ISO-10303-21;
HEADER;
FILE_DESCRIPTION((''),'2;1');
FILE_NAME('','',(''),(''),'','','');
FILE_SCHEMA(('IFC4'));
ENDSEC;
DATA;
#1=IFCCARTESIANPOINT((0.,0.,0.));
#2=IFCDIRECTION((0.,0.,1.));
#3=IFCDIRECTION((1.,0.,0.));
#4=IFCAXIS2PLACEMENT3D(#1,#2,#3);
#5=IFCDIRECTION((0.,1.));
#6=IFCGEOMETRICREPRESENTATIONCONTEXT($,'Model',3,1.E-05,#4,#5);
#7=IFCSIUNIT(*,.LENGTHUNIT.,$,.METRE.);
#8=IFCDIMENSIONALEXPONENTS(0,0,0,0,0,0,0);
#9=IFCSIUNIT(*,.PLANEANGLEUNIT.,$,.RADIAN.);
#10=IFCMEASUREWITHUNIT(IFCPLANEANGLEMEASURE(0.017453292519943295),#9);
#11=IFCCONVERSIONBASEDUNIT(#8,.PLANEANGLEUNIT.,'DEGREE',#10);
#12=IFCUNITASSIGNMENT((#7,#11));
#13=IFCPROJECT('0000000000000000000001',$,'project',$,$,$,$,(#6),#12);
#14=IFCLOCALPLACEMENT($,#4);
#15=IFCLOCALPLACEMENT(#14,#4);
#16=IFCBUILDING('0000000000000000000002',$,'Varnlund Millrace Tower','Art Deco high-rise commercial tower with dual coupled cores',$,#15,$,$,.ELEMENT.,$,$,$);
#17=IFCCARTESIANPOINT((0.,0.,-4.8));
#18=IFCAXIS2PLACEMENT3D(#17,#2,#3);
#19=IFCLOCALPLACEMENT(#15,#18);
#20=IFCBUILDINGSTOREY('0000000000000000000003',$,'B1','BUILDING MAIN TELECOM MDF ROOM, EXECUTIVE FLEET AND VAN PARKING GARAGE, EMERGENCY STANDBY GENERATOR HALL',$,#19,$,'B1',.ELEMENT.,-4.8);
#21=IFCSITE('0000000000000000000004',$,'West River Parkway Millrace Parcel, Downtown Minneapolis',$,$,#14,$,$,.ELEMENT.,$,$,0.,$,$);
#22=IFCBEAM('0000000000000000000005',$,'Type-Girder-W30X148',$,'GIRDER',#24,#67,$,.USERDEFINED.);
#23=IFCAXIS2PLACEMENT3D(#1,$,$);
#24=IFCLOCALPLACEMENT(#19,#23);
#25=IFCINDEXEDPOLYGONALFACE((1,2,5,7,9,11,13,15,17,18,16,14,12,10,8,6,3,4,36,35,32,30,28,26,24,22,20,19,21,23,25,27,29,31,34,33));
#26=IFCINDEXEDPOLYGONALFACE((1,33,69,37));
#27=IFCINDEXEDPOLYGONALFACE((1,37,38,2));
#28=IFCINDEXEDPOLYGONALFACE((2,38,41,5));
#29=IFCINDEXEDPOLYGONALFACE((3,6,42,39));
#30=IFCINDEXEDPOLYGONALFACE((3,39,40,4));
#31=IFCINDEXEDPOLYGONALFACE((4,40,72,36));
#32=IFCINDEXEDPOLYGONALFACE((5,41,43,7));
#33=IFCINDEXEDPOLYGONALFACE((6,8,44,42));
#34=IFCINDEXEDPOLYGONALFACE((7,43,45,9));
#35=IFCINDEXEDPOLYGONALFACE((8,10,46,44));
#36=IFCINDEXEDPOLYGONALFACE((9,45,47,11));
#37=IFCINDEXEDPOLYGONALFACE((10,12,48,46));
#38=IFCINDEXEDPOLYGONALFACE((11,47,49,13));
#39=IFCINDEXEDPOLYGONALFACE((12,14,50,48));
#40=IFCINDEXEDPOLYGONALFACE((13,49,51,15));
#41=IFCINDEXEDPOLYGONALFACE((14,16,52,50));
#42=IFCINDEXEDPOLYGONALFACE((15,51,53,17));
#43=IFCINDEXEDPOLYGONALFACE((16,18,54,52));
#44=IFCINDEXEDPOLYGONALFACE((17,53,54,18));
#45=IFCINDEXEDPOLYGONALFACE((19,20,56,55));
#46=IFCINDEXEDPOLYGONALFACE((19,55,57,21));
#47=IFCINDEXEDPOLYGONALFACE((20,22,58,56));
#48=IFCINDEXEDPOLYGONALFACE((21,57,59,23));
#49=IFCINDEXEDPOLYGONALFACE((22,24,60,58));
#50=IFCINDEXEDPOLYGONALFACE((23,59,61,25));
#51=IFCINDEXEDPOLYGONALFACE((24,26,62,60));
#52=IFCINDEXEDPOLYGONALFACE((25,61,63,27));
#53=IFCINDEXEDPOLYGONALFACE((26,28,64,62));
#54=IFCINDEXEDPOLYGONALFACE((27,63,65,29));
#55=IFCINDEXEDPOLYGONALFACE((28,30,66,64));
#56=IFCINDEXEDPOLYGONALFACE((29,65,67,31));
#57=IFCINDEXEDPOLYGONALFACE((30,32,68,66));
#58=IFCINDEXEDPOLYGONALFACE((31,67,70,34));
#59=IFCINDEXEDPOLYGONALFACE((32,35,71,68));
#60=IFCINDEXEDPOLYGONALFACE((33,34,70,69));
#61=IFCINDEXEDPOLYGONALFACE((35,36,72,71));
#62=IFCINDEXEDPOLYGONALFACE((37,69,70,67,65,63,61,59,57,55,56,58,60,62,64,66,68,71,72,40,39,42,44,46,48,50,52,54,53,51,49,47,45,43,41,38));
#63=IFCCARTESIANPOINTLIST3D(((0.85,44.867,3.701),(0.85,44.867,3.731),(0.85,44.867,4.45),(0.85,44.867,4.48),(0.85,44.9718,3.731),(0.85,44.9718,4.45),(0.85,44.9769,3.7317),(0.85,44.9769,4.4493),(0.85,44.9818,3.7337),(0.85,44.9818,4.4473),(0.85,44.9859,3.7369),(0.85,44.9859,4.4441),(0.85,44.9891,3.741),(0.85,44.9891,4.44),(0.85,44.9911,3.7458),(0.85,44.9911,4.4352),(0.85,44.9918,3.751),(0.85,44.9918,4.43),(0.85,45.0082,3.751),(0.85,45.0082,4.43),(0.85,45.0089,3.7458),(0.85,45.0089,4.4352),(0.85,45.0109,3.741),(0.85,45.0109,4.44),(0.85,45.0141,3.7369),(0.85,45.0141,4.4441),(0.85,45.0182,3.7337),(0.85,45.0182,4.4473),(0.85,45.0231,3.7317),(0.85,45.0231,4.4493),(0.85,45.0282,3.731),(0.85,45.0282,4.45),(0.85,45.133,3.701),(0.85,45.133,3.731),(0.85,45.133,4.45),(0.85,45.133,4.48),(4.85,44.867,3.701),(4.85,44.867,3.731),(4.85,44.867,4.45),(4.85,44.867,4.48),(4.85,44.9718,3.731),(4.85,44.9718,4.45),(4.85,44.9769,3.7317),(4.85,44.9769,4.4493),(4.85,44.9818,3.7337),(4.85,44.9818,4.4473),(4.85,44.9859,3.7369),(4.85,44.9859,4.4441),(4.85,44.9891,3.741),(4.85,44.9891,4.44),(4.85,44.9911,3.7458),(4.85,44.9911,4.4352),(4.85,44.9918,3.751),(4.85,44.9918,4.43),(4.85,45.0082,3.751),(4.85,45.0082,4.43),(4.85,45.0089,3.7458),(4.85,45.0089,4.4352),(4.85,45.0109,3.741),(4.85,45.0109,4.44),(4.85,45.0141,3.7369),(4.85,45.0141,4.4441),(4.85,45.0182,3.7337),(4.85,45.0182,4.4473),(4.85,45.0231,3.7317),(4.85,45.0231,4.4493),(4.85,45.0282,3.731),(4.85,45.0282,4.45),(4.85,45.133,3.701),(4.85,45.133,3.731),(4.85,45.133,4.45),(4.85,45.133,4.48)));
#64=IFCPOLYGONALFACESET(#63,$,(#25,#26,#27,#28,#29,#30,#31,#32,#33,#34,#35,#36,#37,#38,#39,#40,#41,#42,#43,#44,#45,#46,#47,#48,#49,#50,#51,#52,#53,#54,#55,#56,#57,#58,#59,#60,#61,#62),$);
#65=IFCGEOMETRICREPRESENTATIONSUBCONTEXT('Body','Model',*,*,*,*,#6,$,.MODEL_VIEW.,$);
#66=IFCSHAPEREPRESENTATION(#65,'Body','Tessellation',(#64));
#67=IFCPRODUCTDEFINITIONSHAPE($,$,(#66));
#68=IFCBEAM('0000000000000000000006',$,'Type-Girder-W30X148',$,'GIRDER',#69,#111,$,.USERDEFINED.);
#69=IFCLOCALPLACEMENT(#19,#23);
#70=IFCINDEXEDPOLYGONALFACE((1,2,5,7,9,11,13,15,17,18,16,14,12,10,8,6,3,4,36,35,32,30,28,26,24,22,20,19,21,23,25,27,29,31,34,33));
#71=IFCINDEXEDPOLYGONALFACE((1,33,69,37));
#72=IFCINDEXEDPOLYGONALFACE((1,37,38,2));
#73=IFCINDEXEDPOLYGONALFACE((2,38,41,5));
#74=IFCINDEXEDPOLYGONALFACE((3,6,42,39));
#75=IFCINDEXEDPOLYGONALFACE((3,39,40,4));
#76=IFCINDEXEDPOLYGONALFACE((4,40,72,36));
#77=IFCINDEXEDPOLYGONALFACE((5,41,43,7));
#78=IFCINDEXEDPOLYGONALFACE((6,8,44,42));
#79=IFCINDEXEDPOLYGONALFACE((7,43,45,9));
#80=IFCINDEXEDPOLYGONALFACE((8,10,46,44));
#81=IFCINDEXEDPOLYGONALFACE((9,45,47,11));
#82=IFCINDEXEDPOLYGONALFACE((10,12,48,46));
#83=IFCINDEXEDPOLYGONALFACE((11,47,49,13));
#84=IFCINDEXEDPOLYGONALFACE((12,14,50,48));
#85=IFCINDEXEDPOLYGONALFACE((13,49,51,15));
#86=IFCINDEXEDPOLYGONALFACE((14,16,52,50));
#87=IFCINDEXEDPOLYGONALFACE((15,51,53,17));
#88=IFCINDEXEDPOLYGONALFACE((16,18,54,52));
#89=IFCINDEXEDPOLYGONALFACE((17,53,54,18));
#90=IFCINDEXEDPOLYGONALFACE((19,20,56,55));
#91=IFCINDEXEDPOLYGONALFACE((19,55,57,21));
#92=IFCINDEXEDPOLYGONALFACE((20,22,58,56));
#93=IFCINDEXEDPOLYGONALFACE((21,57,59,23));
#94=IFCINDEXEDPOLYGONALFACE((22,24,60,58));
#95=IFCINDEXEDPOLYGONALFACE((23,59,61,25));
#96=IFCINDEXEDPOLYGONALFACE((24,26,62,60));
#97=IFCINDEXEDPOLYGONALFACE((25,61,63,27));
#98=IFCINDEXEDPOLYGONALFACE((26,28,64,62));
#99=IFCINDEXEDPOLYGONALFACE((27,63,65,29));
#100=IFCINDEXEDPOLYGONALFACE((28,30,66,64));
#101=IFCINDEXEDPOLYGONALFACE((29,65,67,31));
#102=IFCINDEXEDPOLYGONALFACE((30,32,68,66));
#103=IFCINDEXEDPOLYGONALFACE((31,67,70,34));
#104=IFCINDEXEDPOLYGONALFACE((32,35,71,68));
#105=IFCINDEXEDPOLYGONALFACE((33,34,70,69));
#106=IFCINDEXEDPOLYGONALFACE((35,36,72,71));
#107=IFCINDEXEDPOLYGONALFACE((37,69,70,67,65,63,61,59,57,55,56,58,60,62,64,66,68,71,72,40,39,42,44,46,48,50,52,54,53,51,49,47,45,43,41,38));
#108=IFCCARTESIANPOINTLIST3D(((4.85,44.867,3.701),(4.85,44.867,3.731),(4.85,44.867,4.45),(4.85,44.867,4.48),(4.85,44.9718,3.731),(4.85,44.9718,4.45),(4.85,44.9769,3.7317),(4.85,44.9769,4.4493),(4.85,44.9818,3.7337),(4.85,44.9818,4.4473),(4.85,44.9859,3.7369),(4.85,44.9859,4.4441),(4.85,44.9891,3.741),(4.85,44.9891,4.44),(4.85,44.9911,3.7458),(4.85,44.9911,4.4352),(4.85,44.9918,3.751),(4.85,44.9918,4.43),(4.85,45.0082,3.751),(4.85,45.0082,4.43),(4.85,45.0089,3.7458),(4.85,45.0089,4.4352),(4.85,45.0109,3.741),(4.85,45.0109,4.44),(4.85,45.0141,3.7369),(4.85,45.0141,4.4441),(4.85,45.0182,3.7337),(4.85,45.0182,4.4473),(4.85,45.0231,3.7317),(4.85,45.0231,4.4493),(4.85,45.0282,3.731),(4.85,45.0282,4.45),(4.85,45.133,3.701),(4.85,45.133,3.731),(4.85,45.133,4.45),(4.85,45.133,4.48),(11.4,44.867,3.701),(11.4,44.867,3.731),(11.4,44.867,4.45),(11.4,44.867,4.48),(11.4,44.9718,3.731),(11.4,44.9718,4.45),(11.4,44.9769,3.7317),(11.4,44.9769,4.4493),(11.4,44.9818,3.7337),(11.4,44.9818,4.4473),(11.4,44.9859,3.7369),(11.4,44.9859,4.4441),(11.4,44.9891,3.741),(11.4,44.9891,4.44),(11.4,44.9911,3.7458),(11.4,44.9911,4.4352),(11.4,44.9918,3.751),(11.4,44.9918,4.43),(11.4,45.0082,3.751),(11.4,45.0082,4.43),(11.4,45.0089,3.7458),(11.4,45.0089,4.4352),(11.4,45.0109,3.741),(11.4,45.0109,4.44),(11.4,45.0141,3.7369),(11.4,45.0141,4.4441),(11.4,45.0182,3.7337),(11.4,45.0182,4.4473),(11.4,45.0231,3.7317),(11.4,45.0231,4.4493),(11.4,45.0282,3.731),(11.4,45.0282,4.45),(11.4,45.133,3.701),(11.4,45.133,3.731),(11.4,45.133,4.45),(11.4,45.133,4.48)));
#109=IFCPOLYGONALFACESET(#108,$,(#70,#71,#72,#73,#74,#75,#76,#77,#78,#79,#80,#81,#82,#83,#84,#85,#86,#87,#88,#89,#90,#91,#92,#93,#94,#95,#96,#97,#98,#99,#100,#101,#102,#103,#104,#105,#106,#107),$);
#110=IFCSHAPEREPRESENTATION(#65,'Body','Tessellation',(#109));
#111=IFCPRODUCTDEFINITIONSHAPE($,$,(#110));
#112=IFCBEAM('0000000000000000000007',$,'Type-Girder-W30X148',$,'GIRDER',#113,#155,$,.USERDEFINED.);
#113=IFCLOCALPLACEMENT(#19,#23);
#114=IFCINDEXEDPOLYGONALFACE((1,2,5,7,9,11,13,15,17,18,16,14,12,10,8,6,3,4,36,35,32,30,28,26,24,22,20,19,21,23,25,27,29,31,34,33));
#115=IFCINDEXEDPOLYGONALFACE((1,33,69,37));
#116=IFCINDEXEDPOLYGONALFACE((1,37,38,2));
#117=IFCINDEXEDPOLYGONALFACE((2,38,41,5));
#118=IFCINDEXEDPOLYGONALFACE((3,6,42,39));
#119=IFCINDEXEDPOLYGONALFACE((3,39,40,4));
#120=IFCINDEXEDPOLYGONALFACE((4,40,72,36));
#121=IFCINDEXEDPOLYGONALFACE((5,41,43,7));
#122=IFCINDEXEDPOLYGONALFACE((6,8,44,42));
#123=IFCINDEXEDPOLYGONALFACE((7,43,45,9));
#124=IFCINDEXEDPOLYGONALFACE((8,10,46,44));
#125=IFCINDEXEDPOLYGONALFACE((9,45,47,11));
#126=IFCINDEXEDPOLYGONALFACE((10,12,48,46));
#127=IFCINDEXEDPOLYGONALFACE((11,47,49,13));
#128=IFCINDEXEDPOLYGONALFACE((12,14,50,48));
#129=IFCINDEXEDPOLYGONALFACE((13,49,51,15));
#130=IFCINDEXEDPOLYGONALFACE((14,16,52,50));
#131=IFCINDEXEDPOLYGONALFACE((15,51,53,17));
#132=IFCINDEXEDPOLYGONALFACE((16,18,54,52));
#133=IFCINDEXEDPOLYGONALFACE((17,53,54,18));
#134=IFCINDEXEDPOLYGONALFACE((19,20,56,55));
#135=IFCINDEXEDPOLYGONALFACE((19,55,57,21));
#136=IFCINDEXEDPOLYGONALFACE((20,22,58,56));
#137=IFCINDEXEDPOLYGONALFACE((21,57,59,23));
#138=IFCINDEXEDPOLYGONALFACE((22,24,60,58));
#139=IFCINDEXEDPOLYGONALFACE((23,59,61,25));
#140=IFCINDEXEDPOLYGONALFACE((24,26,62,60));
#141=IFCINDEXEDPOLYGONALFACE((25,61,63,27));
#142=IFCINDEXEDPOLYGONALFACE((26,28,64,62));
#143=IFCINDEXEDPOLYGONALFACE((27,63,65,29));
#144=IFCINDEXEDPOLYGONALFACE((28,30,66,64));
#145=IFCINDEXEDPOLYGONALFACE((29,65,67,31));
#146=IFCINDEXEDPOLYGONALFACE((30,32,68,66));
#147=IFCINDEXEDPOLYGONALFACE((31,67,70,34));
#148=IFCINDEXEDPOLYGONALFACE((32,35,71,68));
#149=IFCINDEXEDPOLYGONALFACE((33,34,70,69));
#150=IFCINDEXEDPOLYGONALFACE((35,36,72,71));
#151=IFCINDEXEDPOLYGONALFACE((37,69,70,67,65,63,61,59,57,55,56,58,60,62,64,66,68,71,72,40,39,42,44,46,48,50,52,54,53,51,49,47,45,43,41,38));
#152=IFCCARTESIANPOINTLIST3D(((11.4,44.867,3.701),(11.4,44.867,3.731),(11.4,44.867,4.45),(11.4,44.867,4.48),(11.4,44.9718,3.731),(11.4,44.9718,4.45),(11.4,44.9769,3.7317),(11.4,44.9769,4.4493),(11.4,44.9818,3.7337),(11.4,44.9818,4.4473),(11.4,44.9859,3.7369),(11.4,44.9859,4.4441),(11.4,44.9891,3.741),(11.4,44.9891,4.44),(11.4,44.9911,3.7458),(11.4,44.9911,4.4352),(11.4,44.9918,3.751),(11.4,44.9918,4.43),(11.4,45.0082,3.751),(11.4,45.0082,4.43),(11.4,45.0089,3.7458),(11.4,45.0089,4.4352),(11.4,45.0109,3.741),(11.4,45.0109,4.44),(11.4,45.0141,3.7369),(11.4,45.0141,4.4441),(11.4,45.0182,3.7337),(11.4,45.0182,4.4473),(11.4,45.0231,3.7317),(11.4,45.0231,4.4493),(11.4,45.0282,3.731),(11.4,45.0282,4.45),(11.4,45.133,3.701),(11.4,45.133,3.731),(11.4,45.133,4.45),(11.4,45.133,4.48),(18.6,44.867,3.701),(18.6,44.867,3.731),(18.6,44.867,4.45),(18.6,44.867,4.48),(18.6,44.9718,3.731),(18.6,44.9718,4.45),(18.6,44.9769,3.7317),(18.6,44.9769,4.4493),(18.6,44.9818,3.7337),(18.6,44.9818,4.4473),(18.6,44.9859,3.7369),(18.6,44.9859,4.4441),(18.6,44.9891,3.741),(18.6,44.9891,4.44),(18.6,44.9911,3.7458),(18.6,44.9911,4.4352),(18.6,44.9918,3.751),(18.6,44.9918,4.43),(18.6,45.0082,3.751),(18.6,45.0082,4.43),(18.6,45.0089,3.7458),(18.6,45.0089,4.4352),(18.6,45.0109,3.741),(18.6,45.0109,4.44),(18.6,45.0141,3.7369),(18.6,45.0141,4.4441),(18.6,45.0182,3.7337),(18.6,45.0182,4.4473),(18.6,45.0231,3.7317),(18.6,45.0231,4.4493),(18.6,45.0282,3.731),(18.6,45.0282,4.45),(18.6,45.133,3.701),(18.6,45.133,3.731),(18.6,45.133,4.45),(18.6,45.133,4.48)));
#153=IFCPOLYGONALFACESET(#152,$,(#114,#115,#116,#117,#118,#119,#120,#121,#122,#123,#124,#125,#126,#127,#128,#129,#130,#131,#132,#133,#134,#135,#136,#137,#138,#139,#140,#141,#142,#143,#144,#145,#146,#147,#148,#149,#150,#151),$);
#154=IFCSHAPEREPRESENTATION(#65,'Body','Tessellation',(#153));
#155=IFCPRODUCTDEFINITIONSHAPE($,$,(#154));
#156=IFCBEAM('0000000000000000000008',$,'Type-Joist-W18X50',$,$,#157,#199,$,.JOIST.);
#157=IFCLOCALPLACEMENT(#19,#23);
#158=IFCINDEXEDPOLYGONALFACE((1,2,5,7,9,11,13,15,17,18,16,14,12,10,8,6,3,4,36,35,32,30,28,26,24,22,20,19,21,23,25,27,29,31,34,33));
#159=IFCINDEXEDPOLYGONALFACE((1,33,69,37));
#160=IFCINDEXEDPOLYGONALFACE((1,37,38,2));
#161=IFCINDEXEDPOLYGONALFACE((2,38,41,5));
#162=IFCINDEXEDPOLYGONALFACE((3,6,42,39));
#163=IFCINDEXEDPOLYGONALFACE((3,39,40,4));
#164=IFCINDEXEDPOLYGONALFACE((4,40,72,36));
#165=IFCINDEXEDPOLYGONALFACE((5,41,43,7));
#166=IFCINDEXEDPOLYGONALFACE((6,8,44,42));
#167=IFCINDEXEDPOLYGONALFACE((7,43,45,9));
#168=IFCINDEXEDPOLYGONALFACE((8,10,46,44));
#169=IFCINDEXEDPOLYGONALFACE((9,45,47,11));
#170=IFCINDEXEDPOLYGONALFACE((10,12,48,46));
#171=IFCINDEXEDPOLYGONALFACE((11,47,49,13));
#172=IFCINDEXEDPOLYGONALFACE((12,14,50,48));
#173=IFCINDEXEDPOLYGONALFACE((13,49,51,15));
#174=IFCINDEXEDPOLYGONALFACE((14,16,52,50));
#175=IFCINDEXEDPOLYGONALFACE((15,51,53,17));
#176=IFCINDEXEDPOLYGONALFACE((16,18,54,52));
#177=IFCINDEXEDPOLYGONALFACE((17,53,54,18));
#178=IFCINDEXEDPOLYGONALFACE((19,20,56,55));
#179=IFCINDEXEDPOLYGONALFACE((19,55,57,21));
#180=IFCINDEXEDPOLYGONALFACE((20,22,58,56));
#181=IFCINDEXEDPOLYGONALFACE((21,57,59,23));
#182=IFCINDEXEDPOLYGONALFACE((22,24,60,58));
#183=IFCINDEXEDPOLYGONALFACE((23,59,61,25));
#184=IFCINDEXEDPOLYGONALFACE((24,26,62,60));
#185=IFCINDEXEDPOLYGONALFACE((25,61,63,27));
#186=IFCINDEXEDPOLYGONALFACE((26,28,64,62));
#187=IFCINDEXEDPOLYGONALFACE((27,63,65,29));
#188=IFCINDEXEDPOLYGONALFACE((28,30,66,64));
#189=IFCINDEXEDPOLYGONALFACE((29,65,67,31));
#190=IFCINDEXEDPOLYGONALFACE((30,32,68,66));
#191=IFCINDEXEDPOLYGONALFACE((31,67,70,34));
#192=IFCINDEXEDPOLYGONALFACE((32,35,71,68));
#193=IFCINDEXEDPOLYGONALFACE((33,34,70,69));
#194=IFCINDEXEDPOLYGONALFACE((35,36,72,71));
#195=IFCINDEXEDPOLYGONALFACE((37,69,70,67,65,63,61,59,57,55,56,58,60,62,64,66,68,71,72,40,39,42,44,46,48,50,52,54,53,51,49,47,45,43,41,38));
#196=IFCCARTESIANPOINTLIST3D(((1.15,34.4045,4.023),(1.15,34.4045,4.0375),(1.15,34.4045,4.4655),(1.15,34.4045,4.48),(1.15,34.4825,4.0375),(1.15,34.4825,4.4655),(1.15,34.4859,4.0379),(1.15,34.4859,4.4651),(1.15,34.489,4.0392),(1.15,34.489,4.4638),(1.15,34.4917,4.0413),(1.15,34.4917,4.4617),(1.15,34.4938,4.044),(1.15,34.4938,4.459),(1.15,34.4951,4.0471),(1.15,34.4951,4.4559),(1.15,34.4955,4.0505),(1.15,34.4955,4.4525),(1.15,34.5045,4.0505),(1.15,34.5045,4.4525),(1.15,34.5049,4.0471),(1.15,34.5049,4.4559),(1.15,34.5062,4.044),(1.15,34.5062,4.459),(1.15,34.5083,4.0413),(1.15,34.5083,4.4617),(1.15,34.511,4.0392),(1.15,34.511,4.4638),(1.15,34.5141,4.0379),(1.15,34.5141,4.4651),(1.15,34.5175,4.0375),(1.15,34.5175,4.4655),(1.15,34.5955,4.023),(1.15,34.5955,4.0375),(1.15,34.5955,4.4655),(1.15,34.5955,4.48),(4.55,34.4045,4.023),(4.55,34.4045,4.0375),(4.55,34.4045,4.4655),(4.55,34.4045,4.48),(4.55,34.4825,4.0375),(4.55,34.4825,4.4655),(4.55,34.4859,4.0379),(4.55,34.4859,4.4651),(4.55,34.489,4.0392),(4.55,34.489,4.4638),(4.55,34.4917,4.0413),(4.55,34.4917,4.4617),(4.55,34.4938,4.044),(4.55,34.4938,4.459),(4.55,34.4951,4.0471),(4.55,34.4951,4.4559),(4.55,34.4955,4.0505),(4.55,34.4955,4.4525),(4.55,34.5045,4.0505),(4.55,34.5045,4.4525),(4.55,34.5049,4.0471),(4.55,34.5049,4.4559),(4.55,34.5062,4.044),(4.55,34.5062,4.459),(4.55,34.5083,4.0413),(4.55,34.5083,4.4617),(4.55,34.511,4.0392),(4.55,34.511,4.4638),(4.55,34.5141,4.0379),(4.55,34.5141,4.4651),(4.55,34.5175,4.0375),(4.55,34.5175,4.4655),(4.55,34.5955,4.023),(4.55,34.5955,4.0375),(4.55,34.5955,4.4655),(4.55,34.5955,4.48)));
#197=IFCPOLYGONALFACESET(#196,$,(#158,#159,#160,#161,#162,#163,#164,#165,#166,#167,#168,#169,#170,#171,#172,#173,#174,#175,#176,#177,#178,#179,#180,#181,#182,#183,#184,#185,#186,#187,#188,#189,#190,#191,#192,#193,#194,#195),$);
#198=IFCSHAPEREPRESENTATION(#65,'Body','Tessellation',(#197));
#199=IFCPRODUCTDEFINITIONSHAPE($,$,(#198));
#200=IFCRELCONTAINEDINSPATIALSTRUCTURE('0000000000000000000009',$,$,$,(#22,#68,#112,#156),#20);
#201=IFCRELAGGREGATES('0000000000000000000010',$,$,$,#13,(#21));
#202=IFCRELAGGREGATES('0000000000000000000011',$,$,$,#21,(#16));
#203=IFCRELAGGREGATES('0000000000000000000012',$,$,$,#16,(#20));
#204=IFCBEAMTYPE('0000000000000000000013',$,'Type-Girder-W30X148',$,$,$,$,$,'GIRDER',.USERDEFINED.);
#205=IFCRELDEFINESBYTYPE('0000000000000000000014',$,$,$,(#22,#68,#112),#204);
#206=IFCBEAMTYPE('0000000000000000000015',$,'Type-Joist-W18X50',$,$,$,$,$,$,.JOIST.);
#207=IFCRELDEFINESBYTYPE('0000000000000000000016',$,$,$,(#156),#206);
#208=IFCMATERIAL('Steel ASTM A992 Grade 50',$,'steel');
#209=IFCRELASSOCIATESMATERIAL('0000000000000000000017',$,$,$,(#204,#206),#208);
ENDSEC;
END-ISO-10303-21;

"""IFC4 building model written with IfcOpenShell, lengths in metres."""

from ifc_helpers import new_model, entity, si_unit, converted_unit, direction, frame, origin_with_axes, origin_2d_with_axis, place, context, subcontext, project, spatial, i_section, extrude, material, material_profile, profile_set, type_object, element, save


model = new_model("IFC4")

# Units and contexts
model_context = context("Model", 3, precision=1e-05, world=origin_with_axes(), true_north=direction((0.0, 1.0)))
body_context = subcontext(model_context, "Body", "Model", "MODEL_VIEW")
ifc_project = project(units=[si_unit("LENGTHUNIT", "METRE"), converted_unit("PLANEANGLEUNIT", "DEGREE", entity("IfcPlaneAngleMeasure", 0.017453292519943295), si_unit("PLANEANGLEUNIT", "RADIAN"), dimensions=[0, 0, 0, 0, 0, 0, 0])], contexts=[model_context])

# Site, building, storey
site_placement = place(None, origin_with_axes())
site = spatial("IfcSite", under=ifc_project, at=site_placement, Name="West River Parkway Millrace Parcel, Downtown Minneapolis", CompositionType="ELEMENT", RefElevation=0.0)
building_placement = place(site_placement, origin_with_axes())
building = spatial("IfcBuilding", under=site, at=building_placement, Name="Varnlund Millrace Tower", Description="Art Deco high-rise commercial tower with dual coupled cores", CompositionType="ELEMENT")
storey_placement = place(building_placement, frame((0.0, 0.0, -4.8), z_axis=(0.0, 0.0, 1.0), x_axis=(1.0, 0.0, 0.0)))
storey = spatial("IfcBuildingStorey", under=building, at=storey_placement, Name="B1", Description="BUILDING MAIN TELECOM MDF ROOM, EXECUTIVE FLEET AND VAN PARKING GARAGE, EMERGENCY STANDBY GENERATOR HALL", LongName="B1", CompositionType="ELEMENT", Elevation=-4.8)

# Beams
ifc_material_1 = material(Name="Steel ASTM A992 Grade 50", Category="steel")
ifc_material_profile_1 = material_profile(ifc_material_1, i_section(OverallWidth=0.266, OverallDepth=0.779, WebThickness=0.0165, FlangeThickness=0.03, FilletRadius=0.02, at=origin_2d_with_axis()), Name="Steel ASTM A992 Grade 50")
ifc_profile_set_1 = profile_set([ifc_material_profile_1], Name="Steel ASTM A992 Grade 50")
beam_type_1 = type_object("IfcBeamType", Name="Type-Girder-W30X148", ElementType="GIRDER", PredefinedType="USERDEFINED", material=ifc_profile_set_1)
beam_1_placement = place(storey_placement, frame((0.85, 45.0, 4.0905), z_axis=(1.0, 0.0, 0.0), x_axis=(0.0, 1.0, 0.0)))
element("IfcBeam", 1, at=beam_1_placement, inside=storey, type_object=beam_type_1, Name="Type-Girder-W30X148", ObjectType="GIRDER", PredefinedType="USERDEFINED", context=body_context, shape_type="SweptSolid", body=[
    extrude(i_section(OverallWidth=0.266, OverallDepth=0.779, WebThickness=0.0165, FlangeThickness=0.03, FilletRadius=0.02, at=origin_2d_with_axis()), origin_with_axes(), (0.0, 0.0, 1.0), 4.0),
])
beam_2_placement = place(storey_placement, frame((4.85, 45.0, 4.0905), z_axis=(1.0, 0.0, 0.0), x_axis=(0.0, 1.0, 0.0)))
element("IfcBeam", 2, at=beam_2_placement, inside=storey, type_object=beam_type_1, Name="Type-Girder-W30X148", ObjectType="GIRDER", PredefinedType="USERDEFINED", context=body_context, shape_type="SweptSolid", body=[
    extrude(i_section(OverallWidth=0.266, OverallDepth=0.779, WebThickness=0.0165, FlangeThickness=0.03, FilletRadius=0.02, at=origin_2d_with_axis()), origin_with_axes(), (0.0, 0.0, 1.0), 6.55),
])
beam_3_placement = place(storey_placement, frame((11.4, 45.0, 4.0905), z_axis=(1.0, 0.0, 0.0), x_axis=(0.0, 1.0, 0.0)))
element("IfcBeam", 3, at=beam_3_placement, inside=storey, type_object=beam_type_1, Name="Type-Girder-W30X148", ObjectType="GIRDER", PredefinedType="USERDEFINED", context=body_context, shape_type="SweptSolid", body=[
    extrude(i_section(OverallWidth=0.266, OverallDepth=0.779, WebThickness=0.0165, FlangeThickness=0.03, FilletRadius=0.02, at=origin_2d_with_axis()), origin_with_axes(), (0.0, 0.0, 1.0), 7.2),
])
ifc_material_profile_2 = material_profile(ifc_material_1, i_section(OverallWidth=0.191, OverallDepth=0.457, WebThickness=0.009, FlangeThickness=0.0145, FilletRadius=0.013, at=origin_2d_with_axis()), Name="Steel ASTM A992 Grade 50")
ifc_profile_set_2 = profile_set([ifc_material_profile_2], Name="Steel ASTM A992 Grade 50")
beam_type_2 = type_object("IfcBeamType", Name="Type-Joist-W18X50", PredefinedType="JOIST", material=ifc_profile_set_2)
for number, where, z_axis, x_axis, name in (
    (4, (1.15, 34.5, 4.2515), (1.0, 0.0, 0.0), (0.0, 1.0, 0.0), "Type-Joist-W18X50"),
):
    element("IfcBeam", number, at=place(storey_placement, frame(where, z_axis=z_axis, x_axis=x_axis)), inside=storey, type_object=beam_type_2, Name=name, PredefinedType="JOIST", context=body_context, shape_type="SweptSolid", body=[
        extrude(i_section(OverallWidth=0.191, OverallDepth=0.457, WebThickness=0.009, FlangeThickness=0.0145, FilletRadius=0.013, at=origin_2d_with_axis()), origin_with_axes(), (0.0, 0.0, 1.0), 3.4),
    ])

save(model, "model.ifc")
